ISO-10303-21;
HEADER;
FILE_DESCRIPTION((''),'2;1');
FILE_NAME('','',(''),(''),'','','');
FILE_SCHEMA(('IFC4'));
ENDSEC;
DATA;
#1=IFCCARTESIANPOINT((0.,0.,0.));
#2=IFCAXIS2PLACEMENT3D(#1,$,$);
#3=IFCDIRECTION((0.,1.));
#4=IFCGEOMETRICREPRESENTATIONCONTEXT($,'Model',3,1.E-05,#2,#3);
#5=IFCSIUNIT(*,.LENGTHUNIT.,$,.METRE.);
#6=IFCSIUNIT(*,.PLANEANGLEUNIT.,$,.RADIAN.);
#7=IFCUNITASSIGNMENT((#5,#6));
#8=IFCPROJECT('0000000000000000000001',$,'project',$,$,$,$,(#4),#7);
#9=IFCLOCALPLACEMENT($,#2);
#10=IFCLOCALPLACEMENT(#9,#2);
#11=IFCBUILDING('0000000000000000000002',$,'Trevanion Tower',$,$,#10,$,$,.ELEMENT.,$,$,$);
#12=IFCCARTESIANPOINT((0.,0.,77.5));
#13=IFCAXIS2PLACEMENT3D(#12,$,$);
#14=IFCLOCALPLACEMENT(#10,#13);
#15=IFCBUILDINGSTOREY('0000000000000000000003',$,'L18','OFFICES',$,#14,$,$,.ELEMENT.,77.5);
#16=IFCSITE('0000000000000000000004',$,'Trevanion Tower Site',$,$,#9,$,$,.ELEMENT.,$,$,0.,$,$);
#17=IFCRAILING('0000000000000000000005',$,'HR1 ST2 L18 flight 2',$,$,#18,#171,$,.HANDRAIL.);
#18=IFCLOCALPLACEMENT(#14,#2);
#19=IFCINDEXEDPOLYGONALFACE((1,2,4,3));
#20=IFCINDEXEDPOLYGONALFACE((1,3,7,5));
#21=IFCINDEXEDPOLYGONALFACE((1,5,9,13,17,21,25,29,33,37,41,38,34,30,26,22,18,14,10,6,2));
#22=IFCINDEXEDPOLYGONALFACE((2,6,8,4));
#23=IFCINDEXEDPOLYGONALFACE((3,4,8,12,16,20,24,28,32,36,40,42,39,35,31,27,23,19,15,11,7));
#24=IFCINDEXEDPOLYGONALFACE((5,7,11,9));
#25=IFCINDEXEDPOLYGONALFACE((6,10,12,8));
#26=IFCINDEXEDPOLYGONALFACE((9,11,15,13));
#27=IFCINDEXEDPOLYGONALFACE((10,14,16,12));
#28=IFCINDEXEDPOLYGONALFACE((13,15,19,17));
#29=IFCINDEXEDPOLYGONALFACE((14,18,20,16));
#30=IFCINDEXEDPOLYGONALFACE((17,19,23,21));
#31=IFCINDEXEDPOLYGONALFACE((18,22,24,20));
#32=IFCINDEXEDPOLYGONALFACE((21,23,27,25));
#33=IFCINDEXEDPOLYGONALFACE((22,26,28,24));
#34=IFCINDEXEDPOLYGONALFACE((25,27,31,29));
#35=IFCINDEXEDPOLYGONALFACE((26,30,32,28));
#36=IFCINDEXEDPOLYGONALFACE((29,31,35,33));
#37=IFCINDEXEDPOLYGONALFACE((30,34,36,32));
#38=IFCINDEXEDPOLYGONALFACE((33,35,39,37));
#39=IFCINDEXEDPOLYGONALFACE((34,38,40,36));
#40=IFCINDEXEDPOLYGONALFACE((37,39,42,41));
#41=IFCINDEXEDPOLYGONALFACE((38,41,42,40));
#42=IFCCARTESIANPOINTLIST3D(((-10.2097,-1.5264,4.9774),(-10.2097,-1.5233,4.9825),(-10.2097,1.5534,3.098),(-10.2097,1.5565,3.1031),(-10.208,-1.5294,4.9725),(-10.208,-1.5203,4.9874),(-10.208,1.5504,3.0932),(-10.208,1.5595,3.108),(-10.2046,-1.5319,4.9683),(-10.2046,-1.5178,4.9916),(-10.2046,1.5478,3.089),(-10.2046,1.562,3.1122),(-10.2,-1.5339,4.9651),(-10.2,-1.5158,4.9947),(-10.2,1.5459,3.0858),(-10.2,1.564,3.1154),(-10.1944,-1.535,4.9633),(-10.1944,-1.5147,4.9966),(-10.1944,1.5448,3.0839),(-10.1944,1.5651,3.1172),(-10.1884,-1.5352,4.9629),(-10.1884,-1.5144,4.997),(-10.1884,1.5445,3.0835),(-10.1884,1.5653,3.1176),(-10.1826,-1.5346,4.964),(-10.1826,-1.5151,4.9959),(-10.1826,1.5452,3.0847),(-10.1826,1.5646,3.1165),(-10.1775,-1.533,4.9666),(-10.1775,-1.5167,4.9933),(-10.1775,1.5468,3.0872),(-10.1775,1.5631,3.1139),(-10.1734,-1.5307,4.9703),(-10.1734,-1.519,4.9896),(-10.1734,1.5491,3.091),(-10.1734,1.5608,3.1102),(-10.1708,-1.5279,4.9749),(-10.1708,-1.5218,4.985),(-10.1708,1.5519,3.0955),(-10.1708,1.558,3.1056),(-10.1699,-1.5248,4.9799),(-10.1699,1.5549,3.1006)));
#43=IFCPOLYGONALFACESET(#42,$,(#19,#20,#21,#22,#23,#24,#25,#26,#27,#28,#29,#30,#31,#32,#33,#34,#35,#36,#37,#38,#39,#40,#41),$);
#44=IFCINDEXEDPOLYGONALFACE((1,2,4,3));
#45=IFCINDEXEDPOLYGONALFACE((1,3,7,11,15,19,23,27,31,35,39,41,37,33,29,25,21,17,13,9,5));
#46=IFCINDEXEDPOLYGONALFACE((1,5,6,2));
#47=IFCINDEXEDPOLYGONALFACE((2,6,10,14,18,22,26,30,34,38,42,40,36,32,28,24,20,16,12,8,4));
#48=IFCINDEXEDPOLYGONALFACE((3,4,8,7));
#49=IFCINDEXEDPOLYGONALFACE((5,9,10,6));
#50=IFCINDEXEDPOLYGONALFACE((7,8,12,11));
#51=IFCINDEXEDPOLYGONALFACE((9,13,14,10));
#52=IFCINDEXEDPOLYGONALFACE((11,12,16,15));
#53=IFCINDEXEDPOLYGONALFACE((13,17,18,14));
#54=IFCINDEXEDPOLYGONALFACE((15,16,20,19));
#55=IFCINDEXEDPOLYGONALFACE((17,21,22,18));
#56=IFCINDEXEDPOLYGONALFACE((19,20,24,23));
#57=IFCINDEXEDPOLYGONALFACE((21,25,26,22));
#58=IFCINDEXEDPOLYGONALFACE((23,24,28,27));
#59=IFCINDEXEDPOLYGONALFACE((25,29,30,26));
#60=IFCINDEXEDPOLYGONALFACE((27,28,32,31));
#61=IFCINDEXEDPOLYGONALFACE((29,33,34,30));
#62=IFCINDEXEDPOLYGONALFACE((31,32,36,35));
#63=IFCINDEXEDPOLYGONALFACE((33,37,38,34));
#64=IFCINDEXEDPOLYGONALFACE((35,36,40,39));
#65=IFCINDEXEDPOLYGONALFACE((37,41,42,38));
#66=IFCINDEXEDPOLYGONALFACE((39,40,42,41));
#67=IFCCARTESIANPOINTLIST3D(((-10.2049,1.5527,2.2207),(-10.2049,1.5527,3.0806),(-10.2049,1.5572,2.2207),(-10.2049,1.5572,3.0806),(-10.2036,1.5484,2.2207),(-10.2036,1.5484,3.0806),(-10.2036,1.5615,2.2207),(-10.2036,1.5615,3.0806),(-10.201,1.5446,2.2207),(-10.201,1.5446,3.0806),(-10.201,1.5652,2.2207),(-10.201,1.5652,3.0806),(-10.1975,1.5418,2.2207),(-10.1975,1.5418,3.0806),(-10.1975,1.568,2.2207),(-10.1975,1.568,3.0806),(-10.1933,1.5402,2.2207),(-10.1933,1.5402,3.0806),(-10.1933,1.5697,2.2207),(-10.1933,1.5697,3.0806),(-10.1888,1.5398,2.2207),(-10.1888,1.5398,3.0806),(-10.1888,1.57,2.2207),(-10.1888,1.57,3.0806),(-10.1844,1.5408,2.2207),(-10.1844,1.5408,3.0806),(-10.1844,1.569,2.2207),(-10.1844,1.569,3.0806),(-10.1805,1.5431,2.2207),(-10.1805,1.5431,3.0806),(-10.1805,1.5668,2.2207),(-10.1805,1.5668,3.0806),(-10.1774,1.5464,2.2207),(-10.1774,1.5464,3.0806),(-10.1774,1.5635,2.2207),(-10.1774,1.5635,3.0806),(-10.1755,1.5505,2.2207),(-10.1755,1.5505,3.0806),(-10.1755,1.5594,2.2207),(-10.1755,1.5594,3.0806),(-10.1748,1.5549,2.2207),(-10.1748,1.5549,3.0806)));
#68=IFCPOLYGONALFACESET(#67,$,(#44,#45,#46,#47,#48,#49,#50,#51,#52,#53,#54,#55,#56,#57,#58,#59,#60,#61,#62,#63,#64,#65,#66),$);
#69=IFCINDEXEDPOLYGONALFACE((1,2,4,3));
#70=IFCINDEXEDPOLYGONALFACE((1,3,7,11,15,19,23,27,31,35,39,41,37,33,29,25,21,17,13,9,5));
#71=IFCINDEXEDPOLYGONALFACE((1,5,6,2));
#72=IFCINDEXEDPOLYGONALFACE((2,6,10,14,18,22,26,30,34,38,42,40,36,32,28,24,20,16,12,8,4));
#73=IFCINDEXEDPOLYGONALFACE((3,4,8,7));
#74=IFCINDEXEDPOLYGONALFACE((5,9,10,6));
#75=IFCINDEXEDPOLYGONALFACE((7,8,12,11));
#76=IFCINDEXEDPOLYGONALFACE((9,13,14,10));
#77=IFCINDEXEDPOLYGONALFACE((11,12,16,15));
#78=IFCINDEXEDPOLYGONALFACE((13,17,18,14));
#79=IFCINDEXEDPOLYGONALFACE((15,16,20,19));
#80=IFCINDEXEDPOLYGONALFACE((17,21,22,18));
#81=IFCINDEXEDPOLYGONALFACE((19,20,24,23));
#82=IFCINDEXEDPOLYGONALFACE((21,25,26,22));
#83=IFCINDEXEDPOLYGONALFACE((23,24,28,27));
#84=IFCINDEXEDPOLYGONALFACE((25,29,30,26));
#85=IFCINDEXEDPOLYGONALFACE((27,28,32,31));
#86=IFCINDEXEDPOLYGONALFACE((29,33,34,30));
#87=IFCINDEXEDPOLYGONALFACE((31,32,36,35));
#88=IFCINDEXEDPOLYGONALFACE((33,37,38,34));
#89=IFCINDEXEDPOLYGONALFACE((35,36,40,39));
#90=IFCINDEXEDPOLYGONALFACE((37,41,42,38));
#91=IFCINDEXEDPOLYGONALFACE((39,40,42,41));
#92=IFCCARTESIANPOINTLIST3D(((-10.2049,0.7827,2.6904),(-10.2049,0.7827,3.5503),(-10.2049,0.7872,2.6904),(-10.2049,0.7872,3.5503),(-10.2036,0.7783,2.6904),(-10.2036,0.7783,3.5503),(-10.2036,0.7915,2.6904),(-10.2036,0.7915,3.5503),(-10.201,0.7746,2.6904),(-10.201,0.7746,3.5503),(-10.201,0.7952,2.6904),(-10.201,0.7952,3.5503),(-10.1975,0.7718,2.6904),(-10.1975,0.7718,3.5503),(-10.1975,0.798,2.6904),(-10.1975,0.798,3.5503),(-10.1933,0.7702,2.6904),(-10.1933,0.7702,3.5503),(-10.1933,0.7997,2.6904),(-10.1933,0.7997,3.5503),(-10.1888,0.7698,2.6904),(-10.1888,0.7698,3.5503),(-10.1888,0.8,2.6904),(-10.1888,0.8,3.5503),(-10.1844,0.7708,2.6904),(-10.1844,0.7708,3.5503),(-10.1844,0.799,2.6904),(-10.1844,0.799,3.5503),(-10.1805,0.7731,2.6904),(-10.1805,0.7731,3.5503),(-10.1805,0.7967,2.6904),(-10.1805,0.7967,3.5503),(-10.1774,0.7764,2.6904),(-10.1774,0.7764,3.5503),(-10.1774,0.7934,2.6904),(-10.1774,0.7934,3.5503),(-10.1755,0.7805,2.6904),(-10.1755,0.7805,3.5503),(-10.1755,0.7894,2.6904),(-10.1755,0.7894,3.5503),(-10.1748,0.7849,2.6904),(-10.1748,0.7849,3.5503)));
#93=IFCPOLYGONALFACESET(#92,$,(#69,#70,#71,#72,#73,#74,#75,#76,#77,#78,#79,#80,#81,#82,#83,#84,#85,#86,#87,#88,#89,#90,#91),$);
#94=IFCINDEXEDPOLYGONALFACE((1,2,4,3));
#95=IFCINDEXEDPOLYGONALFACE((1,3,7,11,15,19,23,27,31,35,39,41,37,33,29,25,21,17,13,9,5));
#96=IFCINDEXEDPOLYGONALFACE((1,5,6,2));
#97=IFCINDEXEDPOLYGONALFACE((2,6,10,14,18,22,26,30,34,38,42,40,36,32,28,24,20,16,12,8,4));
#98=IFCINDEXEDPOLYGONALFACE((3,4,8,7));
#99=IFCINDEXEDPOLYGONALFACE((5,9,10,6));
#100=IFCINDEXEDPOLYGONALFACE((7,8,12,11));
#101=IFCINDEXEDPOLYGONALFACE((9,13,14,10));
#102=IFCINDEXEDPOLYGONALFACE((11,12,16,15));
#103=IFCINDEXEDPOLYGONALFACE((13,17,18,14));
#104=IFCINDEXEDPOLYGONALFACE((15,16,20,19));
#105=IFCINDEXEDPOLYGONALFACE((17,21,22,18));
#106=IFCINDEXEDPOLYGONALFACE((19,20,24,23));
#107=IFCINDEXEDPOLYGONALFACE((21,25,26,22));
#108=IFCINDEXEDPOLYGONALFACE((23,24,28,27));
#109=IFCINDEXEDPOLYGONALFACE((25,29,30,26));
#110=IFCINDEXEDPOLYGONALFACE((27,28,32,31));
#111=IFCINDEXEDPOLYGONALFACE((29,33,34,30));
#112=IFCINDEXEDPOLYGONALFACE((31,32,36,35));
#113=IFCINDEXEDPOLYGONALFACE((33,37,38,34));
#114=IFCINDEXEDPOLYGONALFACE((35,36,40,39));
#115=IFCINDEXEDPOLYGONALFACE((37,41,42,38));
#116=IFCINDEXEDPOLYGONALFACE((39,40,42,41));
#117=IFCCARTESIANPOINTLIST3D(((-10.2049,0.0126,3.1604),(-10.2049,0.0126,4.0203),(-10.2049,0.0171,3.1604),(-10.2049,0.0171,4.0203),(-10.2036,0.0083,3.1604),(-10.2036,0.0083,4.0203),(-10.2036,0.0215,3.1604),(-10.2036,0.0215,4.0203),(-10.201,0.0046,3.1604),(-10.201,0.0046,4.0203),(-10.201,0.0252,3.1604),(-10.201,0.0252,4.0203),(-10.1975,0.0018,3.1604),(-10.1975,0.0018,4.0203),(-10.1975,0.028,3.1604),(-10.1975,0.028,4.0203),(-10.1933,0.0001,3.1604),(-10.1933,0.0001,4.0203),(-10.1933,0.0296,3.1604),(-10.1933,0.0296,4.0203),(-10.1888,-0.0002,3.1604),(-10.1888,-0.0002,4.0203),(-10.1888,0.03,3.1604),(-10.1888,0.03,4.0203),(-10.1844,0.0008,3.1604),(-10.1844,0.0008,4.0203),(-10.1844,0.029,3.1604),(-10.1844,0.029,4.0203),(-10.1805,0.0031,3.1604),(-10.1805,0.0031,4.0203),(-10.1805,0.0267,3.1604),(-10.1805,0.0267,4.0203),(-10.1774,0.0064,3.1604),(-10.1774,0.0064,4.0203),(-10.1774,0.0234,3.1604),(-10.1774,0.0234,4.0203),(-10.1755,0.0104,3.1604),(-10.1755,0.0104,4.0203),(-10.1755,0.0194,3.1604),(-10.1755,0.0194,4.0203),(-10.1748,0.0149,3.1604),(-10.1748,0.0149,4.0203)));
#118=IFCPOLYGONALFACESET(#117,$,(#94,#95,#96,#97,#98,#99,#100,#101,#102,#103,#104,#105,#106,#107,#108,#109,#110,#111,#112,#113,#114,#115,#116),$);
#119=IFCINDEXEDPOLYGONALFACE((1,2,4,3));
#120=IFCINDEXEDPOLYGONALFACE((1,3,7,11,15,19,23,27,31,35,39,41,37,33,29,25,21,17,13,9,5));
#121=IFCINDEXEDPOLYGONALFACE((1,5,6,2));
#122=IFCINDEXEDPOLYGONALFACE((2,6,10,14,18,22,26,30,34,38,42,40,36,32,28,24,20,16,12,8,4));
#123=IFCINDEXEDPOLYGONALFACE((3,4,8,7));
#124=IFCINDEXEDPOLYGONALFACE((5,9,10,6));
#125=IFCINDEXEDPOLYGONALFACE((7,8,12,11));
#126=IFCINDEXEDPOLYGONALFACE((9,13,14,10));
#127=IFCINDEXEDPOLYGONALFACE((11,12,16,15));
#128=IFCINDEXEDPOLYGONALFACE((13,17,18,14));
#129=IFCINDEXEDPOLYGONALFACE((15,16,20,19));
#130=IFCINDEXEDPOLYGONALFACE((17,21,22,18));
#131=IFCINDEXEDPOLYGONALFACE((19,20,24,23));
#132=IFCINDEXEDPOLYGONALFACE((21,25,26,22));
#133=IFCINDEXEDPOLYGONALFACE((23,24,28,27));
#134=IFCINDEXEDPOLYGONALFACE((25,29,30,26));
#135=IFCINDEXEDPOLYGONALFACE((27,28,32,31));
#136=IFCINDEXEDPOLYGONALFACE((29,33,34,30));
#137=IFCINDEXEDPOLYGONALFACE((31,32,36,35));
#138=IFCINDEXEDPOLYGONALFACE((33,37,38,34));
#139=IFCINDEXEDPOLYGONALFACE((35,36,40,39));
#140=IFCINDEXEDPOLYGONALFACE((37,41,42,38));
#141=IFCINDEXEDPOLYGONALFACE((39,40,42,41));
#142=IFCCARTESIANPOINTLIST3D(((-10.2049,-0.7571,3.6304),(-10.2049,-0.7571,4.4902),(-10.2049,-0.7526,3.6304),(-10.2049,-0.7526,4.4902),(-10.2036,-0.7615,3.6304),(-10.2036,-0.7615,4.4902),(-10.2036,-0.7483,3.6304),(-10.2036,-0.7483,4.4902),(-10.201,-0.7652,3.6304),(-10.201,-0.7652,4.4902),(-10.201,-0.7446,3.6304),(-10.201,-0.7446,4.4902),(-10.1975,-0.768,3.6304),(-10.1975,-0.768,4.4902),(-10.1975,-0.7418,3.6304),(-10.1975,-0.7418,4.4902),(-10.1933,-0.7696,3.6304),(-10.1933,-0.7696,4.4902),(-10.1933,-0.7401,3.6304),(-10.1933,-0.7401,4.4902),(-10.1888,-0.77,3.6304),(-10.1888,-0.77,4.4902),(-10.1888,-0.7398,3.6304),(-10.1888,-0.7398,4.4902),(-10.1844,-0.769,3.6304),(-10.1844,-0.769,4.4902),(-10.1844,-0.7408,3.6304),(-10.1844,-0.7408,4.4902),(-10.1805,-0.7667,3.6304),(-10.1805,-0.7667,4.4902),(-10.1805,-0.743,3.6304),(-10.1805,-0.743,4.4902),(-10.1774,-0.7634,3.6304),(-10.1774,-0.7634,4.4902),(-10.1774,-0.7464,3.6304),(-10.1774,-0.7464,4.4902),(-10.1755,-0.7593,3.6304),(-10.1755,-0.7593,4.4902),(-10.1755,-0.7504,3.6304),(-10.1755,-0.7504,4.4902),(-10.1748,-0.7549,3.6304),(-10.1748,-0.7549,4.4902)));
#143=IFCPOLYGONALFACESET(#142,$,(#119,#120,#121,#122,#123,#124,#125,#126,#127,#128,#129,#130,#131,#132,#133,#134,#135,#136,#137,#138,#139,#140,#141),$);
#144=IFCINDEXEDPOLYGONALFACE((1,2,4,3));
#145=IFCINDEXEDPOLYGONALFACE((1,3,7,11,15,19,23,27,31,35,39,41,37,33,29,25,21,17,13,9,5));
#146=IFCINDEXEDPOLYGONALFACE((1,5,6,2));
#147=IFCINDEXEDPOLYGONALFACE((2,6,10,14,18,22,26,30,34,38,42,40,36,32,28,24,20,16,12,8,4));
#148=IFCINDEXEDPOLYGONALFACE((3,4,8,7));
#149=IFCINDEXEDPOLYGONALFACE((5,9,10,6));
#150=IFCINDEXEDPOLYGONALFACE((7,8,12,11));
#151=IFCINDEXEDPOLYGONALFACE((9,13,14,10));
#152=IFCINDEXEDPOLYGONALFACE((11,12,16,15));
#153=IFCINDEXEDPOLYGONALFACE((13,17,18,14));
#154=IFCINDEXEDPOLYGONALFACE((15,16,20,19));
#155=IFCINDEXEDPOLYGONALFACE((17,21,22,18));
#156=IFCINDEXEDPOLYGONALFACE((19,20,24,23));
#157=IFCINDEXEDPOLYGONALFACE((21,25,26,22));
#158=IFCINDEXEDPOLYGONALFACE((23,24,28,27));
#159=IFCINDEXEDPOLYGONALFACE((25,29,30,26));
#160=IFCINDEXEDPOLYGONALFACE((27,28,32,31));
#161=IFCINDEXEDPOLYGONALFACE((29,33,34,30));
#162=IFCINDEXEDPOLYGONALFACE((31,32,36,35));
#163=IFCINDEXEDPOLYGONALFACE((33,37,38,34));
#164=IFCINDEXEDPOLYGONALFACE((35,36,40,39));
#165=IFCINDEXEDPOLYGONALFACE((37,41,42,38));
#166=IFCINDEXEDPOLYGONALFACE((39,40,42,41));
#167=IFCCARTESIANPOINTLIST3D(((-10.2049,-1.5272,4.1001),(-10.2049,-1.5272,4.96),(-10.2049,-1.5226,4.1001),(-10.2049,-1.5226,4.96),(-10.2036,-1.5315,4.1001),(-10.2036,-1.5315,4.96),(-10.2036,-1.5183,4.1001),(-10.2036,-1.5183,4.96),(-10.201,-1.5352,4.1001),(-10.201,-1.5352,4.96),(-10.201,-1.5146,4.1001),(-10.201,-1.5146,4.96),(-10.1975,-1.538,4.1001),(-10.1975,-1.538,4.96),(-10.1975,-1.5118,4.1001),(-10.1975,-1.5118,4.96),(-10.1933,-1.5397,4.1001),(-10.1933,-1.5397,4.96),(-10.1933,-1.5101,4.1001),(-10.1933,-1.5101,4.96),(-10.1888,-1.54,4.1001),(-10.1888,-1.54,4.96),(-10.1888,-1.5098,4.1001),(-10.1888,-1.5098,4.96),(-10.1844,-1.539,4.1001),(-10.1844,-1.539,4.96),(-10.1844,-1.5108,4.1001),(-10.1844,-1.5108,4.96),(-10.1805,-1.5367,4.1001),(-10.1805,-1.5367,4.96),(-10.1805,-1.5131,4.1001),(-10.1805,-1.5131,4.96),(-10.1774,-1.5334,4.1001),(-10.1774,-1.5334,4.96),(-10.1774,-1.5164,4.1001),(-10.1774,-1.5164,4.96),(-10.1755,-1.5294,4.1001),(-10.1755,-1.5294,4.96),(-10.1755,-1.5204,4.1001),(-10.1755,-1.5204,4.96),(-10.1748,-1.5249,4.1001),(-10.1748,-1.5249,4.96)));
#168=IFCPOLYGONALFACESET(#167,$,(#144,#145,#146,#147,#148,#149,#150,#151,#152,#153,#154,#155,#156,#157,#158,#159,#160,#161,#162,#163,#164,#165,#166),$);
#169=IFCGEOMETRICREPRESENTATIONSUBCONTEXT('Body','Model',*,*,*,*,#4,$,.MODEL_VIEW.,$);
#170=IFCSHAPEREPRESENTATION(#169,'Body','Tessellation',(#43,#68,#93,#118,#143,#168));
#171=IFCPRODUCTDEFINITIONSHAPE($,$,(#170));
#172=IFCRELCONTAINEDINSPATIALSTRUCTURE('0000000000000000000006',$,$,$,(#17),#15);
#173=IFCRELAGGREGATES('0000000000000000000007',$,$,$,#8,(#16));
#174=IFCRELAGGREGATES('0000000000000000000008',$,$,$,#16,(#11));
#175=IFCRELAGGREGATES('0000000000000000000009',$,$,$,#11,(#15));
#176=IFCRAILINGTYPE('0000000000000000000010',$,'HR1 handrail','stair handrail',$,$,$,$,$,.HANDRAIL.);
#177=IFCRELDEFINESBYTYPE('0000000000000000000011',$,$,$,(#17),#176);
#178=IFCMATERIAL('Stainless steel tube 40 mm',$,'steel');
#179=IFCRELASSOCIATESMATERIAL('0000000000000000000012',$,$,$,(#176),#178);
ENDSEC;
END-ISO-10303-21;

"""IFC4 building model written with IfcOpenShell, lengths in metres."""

from ifc_helpers import new_model, si_unit, direction, frame, origin, origin_2d, place, context, subcontext, project, spatial, circle, extrude, material, type_object, element, save


model = new_model("IFC4")

# Units and contexts
model_context = context("Model", 3, precision=1e-05, world=origin(), true_north=direction((0.0, 1.0)))
body_context = subcontext(model_context, "Body", "Model", "MODEL_VIEW")
ifc_project = project(units=[si_unit("LENGTHUNIT", "METRE"), si_unit("PLANEANGLEUNIT", "RADIAN")], contexts=[model_context])

# Site, building, storey
site_placement = place(None, origin())
site = spatial("IfcSite", under=ifc_project, at=site_placement, Name="Trevanion Tower Site", CompositionType="ELEMENT", RefElevation=0.0)
building_placement = place(site_placement, origin())
building = spatial("IfcBuilding", under=site, at=building_placement, Name="Trevanion Tower", CompositionType="ELEMENT")
storey_placement = place(building_placement, frame((0.0, 0.0, 77.5)))
storey = spatial("IfcBuildingStorey", under=building, at=storey_placement, Name="L18", Description="OFFICES", CompositionType="ELEMENT", Elevation=77.5)

# Railing
ifc_material_1 = material(Name="Stainless steel tube 40 mm", Category="steel")
railing_type = type_object("IfcRailingType", Name="HR1 handrail", Description="stair handrail", PredefinedType="HANDRAIL", material=ifc_material_1)
for number, where, name in (
    (1, (-10.1899, 1.5549, 2.2207), "HR1 ST2 L18 flight 2"),
):
    element("IfcRailing", number, at=place(storey_placement, frame(where)), inside=storey, type_object=railing_type, Name=name, PredefinedType="HANDRAIL", context=body_context, shape_type="SweptSolid", body=[
        extrude(circle(Radius=0.02, at=origin_2d()), frame((0.0, 0.0, 0.8799), z_axis=(0.0, -0.853618, 0.5209), x_axis=(1.0, 0.0, 0.0)), (0.0, 0.0, 1.0), 3.6079),
        extrude(circle(Radius=0.0151, at=origin_2d()), origin(), (0.0, 0.0, 1.0), 0.8599),
        extrude(circle(Radius=0.0151, at=origin_2d()), frame((0.0, -0.77, 0.4697)), (0.0, 0.0, 1.0), 0.8599),
        extrude(circle(Radius=0.0151, at=origin_2d()), frame((0.0, -1.54, 0.9397)), (0.0, 0.0, 1.0), 0.8599),
        extrude(circle(Radius=0.0151, at=origin_2d()), frame((0.0, -2.3098, 1.4097)), (0.0, 0.0, 1.0), 0.8599),
        extrude(circle(Radius=0.0151, at=origin_2d()), frame((0.0, -3.0798, 1.8794)), (0.0, 0.0, 1.0), 0.8599),
    ])

save(model, "model.ifc")
